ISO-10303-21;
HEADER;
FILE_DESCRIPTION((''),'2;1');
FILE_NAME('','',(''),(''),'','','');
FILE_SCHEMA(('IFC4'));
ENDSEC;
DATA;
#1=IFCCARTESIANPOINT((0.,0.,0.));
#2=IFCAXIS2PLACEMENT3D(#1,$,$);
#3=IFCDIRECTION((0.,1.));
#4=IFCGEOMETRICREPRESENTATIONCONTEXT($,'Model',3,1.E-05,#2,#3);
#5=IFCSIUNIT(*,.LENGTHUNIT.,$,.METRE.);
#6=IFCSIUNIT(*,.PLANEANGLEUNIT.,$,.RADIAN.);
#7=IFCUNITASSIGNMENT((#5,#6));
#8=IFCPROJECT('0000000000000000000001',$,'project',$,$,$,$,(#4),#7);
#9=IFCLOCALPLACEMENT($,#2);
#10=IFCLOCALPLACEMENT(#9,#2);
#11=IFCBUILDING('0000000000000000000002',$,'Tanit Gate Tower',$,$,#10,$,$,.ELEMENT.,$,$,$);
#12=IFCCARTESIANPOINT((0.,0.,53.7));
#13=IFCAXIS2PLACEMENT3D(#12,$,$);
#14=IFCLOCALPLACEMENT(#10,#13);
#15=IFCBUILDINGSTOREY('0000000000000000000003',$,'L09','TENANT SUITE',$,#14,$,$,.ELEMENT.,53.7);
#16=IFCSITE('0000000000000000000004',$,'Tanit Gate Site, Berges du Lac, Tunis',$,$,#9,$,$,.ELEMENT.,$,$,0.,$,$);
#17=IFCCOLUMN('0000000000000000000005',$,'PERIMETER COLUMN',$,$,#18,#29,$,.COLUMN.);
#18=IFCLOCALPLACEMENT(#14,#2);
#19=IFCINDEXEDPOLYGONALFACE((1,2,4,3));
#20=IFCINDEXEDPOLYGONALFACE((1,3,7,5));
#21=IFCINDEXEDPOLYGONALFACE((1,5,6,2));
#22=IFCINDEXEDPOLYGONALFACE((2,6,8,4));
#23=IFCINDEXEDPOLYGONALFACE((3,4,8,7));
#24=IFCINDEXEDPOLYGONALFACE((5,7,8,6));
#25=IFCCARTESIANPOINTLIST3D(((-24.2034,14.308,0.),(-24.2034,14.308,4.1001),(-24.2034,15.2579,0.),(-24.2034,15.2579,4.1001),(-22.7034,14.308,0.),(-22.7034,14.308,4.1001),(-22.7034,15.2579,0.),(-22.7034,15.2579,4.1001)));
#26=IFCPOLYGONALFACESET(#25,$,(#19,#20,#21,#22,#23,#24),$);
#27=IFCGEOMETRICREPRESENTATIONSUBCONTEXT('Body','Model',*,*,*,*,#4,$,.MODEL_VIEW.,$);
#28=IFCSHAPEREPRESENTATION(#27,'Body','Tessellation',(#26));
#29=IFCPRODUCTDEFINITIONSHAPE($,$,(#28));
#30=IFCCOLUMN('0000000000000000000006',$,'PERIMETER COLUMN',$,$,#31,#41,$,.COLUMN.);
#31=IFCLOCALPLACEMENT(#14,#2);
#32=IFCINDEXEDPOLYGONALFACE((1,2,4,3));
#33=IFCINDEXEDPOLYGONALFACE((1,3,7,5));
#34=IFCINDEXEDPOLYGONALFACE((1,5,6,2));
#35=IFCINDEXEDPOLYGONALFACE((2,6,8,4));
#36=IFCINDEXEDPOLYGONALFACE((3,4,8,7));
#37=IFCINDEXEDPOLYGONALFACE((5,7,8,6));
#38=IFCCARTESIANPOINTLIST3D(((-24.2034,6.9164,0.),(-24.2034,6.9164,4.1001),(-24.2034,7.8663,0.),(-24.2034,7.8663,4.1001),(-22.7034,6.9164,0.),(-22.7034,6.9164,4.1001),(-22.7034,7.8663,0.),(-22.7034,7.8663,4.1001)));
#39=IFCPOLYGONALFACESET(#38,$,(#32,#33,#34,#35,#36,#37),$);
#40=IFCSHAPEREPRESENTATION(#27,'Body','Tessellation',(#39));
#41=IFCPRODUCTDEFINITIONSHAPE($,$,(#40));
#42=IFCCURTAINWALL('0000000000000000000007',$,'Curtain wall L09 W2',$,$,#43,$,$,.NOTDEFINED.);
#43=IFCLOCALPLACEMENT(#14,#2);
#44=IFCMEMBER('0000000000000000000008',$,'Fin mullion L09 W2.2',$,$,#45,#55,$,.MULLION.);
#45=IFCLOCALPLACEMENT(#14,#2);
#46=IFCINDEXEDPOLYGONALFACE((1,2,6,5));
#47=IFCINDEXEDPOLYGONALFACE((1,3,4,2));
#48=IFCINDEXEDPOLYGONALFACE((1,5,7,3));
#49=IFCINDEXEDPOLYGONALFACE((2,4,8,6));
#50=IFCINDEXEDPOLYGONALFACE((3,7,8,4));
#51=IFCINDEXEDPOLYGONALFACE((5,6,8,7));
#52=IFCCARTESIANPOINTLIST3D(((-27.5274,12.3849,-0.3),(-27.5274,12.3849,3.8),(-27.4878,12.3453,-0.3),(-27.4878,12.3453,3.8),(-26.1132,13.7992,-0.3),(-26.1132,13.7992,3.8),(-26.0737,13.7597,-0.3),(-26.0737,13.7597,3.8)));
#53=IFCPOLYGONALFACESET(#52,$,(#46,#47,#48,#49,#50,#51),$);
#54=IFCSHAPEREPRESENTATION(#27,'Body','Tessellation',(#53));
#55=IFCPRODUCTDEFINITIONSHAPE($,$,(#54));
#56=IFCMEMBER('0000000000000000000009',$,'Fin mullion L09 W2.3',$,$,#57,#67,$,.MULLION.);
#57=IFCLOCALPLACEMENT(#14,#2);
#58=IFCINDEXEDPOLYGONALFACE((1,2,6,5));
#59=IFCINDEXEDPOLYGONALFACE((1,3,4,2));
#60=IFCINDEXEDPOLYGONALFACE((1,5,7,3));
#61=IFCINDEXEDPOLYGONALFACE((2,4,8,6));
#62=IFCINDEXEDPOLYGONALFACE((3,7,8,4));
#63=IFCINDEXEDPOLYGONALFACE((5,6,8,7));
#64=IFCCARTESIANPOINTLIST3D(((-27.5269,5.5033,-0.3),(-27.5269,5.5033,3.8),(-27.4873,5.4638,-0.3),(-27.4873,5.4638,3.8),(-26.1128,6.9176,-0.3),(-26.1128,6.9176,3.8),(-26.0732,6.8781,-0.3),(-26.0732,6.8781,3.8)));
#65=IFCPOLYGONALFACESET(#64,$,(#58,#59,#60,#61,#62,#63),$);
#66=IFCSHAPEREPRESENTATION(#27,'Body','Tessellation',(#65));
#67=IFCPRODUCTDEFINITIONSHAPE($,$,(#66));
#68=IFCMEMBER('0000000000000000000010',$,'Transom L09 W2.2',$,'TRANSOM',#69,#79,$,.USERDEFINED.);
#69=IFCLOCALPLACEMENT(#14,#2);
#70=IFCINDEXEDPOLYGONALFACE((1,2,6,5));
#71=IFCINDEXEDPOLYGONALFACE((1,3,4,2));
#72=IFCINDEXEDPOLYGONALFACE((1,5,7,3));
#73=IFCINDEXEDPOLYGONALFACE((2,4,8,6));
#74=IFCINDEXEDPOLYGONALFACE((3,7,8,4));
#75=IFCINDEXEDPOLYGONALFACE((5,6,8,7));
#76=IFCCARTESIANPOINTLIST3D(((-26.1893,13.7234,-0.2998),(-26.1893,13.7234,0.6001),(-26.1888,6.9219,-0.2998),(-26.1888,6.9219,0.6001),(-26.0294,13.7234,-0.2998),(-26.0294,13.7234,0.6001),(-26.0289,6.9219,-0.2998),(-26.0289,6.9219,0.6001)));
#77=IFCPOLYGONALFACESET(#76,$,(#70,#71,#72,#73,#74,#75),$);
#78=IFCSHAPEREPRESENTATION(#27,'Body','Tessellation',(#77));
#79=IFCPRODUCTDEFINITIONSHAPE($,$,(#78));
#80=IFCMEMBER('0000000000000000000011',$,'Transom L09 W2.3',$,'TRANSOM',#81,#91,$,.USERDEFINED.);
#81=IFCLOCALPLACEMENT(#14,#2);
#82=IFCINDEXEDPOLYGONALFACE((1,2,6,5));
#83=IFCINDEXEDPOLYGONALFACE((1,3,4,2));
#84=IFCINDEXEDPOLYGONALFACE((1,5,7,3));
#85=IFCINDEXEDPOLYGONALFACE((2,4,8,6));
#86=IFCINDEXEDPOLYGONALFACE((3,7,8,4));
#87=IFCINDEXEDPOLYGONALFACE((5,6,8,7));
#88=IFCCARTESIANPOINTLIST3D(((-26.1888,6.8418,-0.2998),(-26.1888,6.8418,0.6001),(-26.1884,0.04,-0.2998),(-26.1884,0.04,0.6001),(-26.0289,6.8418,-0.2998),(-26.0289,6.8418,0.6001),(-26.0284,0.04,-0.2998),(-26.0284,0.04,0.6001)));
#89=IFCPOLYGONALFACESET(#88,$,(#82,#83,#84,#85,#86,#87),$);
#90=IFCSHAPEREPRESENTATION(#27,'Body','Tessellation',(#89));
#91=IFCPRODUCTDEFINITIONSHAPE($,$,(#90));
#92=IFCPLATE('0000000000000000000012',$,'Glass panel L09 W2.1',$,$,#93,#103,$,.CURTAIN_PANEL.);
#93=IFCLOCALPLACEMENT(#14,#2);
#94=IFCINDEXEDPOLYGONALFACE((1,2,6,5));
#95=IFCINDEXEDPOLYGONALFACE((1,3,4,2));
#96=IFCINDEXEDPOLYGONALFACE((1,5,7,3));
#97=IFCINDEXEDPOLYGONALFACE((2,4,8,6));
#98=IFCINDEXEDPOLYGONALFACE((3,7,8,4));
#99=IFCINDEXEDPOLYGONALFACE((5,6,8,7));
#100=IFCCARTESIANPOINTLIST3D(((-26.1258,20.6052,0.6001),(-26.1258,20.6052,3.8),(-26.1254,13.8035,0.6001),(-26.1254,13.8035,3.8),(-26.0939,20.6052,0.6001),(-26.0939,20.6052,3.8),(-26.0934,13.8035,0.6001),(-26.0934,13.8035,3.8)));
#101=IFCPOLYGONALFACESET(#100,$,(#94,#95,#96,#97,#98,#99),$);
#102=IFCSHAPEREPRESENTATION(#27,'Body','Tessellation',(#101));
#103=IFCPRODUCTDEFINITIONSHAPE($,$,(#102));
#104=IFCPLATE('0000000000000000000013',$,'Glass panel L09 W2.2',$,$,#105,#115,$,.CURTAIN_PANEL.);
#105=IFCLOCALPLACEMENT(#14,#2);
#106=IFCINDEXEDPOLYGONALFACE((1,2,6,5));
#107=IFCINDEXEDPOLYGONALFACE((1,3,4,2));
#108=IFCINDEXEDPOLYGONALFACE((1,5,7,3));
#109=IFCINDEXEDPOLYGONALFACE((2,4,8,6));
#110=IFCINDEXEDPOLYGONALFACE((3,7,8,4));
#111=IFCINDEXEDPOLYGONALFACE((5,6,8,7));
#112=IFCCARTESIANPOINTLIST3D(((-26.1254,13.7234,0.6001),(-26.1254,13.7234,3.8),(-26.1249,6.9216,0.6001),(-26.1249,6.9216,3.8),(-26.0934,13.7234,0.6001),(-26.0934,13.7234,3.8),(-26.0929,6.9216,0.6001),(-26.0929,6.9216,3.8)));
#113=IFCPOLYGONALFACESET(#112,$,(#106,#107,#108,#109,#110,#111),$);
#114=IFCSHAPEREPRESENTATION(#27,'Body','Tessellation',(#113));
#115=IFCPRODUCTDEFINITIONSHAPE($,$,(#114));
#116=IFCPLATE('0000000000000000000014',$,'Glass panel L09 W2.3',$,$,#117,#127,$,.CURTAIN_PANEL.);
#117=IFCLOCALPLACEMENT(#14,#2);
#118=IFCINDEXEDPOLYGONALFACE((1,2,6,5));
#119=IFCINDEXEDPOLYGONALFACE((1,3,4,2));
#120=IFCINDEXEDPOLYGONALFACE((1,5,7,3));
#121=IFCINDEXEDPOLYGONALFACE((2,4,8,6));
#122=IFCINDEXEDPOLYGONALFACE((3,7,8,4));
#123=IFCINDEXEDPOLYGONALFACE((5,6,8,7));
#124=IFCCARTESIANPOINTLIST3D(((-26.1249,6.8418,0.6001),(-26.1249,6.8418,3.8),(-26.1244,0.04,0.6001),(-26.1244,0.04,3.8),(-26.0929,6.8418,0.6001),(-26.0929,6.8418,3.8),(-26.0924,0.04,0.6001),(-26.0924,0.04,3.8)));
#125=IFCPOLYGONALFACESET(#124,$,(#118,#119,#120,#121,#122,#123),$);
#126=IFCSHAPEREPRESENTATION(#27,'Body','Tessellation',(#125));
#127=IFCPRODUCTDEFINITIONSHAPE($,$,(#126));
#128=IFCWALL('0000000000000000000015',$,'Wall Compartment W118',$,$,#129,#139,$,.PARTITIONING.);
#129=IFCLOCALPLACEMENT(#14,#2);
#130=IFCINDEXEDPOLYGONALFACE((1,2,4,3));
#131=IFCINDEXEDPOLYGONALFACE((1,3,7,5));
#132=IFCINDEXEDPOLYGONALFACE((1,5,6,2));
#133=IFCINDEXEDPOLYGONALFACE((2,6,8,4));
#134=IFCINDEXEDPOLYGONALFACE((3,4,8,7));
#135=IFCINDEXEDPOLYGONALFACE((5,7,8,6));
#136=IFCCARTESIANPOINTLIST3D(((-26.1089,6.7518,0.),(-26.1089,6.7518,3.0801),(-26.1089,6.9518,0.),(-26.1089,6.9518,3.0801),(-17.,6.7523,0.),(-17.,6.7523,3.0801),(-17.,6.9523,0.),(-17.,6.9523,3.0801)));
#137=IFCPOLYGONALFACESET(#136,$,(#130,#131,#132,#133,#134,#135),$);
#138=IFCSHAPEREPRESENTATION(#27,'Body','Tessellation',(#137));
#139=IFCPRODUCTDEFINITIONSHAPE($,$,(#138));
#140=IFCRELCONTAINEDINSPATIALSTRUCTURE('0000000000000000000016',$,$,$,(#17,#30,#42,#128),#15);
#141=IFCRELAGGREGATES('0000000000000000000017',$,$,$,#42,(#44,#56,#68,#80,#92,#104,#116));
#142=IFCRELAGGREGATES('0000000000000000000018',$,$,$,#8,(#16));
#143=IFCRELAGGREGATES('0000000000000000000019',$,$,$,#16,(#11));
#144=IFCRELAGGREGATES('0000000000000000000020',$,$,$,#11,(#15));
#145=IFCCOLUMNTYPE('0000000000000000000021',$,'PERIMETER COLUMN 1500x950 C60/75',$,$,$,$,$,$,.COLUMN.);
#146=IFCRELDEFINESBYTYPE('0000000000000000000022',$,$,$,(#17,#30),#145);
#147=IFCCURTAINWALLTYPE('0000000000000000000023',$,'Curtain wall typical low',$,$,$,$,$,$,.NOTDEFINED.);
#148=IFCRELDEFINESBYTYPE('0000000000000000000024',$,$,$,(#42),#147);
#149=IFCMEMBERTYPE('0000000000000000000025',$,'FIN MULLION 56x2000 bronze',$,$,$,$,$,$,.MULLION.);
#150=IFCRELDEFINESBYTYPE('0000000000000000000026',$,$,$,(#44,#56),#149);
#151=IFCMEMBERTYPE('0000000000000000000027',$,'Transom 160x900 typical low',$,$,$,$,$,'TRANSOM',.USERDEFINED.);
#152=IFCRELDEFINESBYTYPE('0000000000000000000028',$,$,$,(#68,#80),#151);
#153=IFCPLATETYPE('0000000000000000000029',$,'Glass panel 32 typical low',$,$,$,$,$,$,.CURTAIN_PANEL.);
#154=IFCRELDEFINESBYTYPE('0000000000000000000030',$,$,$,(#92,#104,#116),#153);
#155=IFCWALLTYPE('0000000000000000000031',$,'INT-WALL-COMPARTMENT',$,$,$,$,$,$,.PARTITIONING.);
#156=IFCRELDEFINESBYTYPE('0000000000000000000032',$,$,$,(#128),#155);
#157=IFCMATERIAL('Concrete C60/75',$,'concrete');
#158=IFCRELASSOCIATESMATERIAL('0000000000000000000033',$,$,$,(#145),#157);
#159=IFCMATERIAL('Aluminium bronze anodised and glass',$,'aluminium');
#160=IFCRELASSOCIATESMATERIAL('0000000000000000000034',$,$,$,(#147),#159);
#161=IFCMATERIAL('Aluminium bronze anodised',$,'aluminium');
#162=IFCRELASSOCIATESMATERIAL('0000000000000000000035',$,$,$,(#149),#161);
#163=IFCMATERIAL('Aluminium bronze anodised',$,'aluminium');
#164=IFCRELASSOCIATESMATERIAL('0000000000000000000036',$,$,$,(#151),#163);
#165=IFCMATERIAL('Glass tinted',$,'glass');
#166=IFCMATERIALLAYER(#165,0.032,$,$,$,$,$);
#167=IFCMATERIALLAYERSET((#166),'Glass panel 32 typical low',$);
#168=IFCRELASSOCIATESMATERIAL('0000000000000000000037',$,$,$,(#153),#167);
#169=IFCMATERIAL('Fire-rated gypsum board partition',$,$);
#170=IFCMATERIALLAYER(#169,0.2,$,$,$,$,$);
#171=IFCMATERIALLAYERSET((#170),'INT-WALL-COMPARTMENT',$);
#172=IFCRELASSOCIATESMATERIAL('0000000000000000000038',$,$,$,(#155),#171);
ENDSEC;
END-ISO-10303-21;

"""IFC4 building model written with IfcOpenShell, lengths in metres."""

from ifc_helpers import new_model, si_unit, direction, frame, frame_2d, origin, origin_2d, place, context, subcontext, project, spatial, rectangle, extrude, material, layer, layer_set, material_profile, profile_set, type_object, element, aggregate, save


model = new_model("IFC4")

# Units and contexts
model_context = context("Model", 3, precision=1e-05, world=origin(), true_north=direction((0.0, 1.0)))
body_context = subcontext(model_context, "Body", "Model", "MODEL_VIEW")
ifc_project = project(units=[si_unit("LENGTHUNIT", "METRE"), si_unit("PLANEANGLEUNIT", "RADIAN")], contexts=[model_context])

# Site, building, storey
site_placement = place(None, origin())
site = spatial("IfcSite", under=ifc_project, at=site_placement, Name="Tanit Gate Site, Berges du Lac, Tunis", CompositionType="ELEMENT", RefElevation=0.0)
building_placement = place(site_placement, origin())
building = spatial("IfcBuilding", under=site, at=building_placement, Name="Tanit Gate Tower", CompositionType="ELEMENT")
storey_placement = place(building_placement, frame((0.0, 0.0, 53.7)))
storey = spatial("IfcBuildingStorey", under=building, at=storey_placement, Name="L09", Description="TENANT SUITE", CompositionType="ELEMENT", Elevation=53.7)

# Columns
ifc_material_1 = material(Name="Concrete C60/75", Category="concrete")
ifc_material_profile_1 = material_profile(ifc_material_1, rectangle(XDim=1.5, YDim=0.95, at=origin_2d()), Name="RC 1500x950")
ifc_profile_set_1 = profile_set([ifc_material_profile_1], Name="Concrete C60/75")
column_type = type_object("IfcColumnType", Name="PERIMETER COLUMN 1500x950 C60/75", PredefinedType="COLUMN", material=ifc_profile_set_1)
for number, where, z_axis, x_axis, name in (
    (1, (-23.4534, 14.783, 0.0), (0.0, 0.0, 1.0), (-1.0, 0.0, 0.0), "PERIMETER COLUMN"),
    (2, (-23.4534, 7.3914, 0.0), (0.0, 0.0, 1.0), (-1.0, 0.0, 0.0), "PERIMETER COLUMN"),
):
    element("IfcColumn", number, at=place(storey_placement, frame(where, z_axis=z_axis, x_axis=x_axis)), inside=storey, type_object=column_type, Name=name, PredefinedType="COLUMN", context=body_context, shape_type="SweptSolid", body=[
        extrude(rectangle(XDim=1.5, YDim=0.95, at=origin_2d()), origin(), (0.0, 0.0, 1.0), 4.1001),
    ])

# Curtain wall, members, plates
ifc_material_2 = material(Name="Aluminium bronze anodised and glass", Category="aluminium")
curtain_wall_type = type_object("IfcCurtainWallType", Name="Curtain wall typical low", PredefinedType="NOTDEFINED", material=ifc_material_2)
curtain_wall_placement = place(storey_placement, origin())
curtain_wall = element("IfcCurtainWall", 3, at=curtain_wall_placement, inside=storey, type_object=curtain_wall_type, Name="Curtain wall L09 W2", PredefinedType="NOTDEFINED")
ifc_material_3 = material(Name="Aluminium bronze anodised", Category="aluminium")
ifc_material_profile_2 = material_profile(ifc_material_3, rectangle(XDim=2.0, YDim=0.0559, at=origin_2d()), Name="56x2000 bronze fin mullion")
ifc_profile_set_2 = profile_set([ifc_material_profile_2], Name="Aluminium bronze anodised")
member_type_1 = type_object("IfcMemberType", Name="FIN MULLION 56x2000 bronze", PredefinedType="MULLION", material=ifc_profile_set_2)
member_1_placement = place(storey_placement, frame((-26.8005, 13.0723, -0.3), z_axis=(0.0, 0.0, 1.0), x_axis=(0.707058, 0.707156, 0.0)))
member_1 = element("IfcMember", 4, at=member_1_placement, type_object=member_type_1, Name="Fin mullion L09 W2.2", PredefinedType="MULLION", context=body_context, shape_type="SweptSolid", body=[
    extrude(rectangle(XDim=2.0, YDim=0.0559, at=origin_2d()), origin(), (0.0, 0.0, 1.0), 4.1001),
])
member_2_placement = place(storey_placement, frame((-26.8, 6.1907, -0.3), z_axis=(0.0, 0.0, 1.0), x_axis=(0.707058, 0.707156, 0.0)))
member_2 = element("IfcMember", 5, at=member_2_placement, type_object=member_type_1, Name="Fin mullion L09 W2.3", PredefinedType="MULLION", context=body_context, shape_type="SweptSolid", body=[
    extrude(rectangle(XDim=2.0, YDim=0.0559, at=origin_2d()), origin(), (0.0, 0.0, 1.0), 4.1001),
])
ifc_material_4 = material(Name="Aluminium bronze anodised", Category="aluminium")
ifc_material_profile_3 = material_profile(ifc_material_4, rectangle(XDim=0.1599, YDim=0.8999, at=origin_2d()), Name="160x900 bronze transom")
ifc_profile_set_3 = profile_set([ifc_material_profile_3], Name="Aluminium bronze anodised")
member_type_2 = type_object("IfcMemberType", Name="Transom 160x900 typical low", ElementType="TRANSOM", PredefinedType="USERDEFINED", material=ifc_profile_set_3)
member_3_placement = place(storey_placement, frame((-26.1094, 13.7234, 0.1501), z_axis=(0.000072, -1.0, 0.0), x_axis=(1.0, 0.000072, 0.0)))
member_3 = element("IfcMember", 6, at=member_3_placement, type_object=member_type_2, Name="Transom L09 W2.2", ObjectType="TRANSOM", PredefinedType="USERDEFINED", context=body_context, shape_type="SweptSolid", body=[
    extrude(rectangle(XDim=0.1599, YDim=0.8999, at=origin_2d()), origin(), (0.0, 0.0, 1.0), 6.8015),
])
member_4_placement = place(storey_placement, frame((-26.1089, 6.8418, 0.1501), z_axis=(0.000072, -1.0, 0.0), x_axis=(1.0, 0.000072, 0.0)))
member_4 = element("IfcMember", 7, at=member_4_placement, type_object=member_type_2, Name="Transom L09 W2.3", ObjectType="TRANSOM", PredefinedType="USERDEFINED", context=body_context, shape_type="SweptSolid", body=[
    extrude(rectangle(XDim=0.1599, YDim=0.8999, at=origin_2d()), origin(), (0.0, 0.0, 1.0), 6.8018),
])
ifc_material_5 = material(Name="Glass tinted", Category="glass")
ifc_layer_1 = layer(ifc_material_5, 0.032)
ifc_layer_set_1 = layer_set([ifc_layer_1], Name="Glass panel 32 typical low")
plate_type = type_object("IfcPlateType", Name="Glass panel 32 typical low", PredefinedType="CURTAIN_PANEL", material=ifc_layer_set_1)
plate_1_placement = place(storey_placement, frame((-26.1096, 17.2043, 0.6001), z_axis=(0.0, 0.0, 1.0), x_axis=(0.000069, -1.0, 0.0)))
plate_1 = element("IfcPlate", 8, at=plate_1_placement, type_object=plate_type, Name="Glass panel L09 W2.1", PredefinedType="CURTAIN_PANEL", context=body_context, shape_type="SweptSolid", body=[
    extrude(rectangle(XDim=6.8018, YDim=0.032, at=origin_2d()), origin(), (0.0, 0.0, 1.0), 3.2),
])
plate_2_placement = place(storey_placement, frame((-26.1091, 10.3225, 0.6001), z_axis=(0.0, 0.0, 1.0), x_axis=(0.000069, -1.0, 0.0)))
plate_2 = element("IfcPlate", 9, at=plate_2_placement, type_object=plate_type, Name="Glass panel L09 W2.2", PredefinedType="CURTAIN_PANEL", context=body_context, shape_type="SweptSolid", body=[
    extrude(rectangle(XDim=6.8018, YDim=0.032, at=origin_2d()), origin(), (0.0, 0.0, 1.0), 3.2),
])
plate_3_placement = place(storey_placement, frame((-26.1086, 3.4409, 0.6001), z_axis=(0.0, 0.0, 1.0), x_axis=(0.000069, -1.0, 0.0)))
plate_3 = element("IfcPlate", 10, at=plate_3_placement, type_object=plate_type, Name="Glass panel L09 W2.3", PredefinedType="CURTAIN_PANEL", context=body_context, shape_type="SweptSolid", body=[
    extrude(rectangle(XDim=6.8018, YDim=0.032, at=origin_2d()), origin(), (0.0, 0.0, 1.0), 3.2),
])
aggregate(curtain_wall, [member_1, member_2, member_3, member_4, plate_1, plate_2, plate_3])

# Wall
ifc_material_6 = material(Name="Fire-rated gypsum board partition")
ifc_layer_2 = layer(ifc_material_6, 0.2)
ifc_layer_set_2 = layer_set([ifc_layer_2], Name="INT-WALL-COMPARTMENT")
wall_type = type_object("IfcWallType", Name="INT-WALL-COMPARTMENT", PredefinedType="PARTITIONING", material=ifc_layer_set_2)
wall_placement = place(storey_placement, frame((-26.1089, 6.8518, 0.0), z_axis=(0.0, 0.0, 1.0), x_axis=(1.0, 0.000054, 0.0)))
element("IfcWall", 11, at=wall_placement, inside=storey, type_object=wall_type, Name="Wall Compartment W118", PredefinedType="PARTITIONING", context=body_context, shape_type="SweptSolid", body=[
    extrude(rectangle(XDim=9.1089, YDim=0.2, at=frame_2d((4.5544, 0.0))), origin(), (0.0, 0.0, 1.0), 3.0801),
])

save(model, "model.ifc")
